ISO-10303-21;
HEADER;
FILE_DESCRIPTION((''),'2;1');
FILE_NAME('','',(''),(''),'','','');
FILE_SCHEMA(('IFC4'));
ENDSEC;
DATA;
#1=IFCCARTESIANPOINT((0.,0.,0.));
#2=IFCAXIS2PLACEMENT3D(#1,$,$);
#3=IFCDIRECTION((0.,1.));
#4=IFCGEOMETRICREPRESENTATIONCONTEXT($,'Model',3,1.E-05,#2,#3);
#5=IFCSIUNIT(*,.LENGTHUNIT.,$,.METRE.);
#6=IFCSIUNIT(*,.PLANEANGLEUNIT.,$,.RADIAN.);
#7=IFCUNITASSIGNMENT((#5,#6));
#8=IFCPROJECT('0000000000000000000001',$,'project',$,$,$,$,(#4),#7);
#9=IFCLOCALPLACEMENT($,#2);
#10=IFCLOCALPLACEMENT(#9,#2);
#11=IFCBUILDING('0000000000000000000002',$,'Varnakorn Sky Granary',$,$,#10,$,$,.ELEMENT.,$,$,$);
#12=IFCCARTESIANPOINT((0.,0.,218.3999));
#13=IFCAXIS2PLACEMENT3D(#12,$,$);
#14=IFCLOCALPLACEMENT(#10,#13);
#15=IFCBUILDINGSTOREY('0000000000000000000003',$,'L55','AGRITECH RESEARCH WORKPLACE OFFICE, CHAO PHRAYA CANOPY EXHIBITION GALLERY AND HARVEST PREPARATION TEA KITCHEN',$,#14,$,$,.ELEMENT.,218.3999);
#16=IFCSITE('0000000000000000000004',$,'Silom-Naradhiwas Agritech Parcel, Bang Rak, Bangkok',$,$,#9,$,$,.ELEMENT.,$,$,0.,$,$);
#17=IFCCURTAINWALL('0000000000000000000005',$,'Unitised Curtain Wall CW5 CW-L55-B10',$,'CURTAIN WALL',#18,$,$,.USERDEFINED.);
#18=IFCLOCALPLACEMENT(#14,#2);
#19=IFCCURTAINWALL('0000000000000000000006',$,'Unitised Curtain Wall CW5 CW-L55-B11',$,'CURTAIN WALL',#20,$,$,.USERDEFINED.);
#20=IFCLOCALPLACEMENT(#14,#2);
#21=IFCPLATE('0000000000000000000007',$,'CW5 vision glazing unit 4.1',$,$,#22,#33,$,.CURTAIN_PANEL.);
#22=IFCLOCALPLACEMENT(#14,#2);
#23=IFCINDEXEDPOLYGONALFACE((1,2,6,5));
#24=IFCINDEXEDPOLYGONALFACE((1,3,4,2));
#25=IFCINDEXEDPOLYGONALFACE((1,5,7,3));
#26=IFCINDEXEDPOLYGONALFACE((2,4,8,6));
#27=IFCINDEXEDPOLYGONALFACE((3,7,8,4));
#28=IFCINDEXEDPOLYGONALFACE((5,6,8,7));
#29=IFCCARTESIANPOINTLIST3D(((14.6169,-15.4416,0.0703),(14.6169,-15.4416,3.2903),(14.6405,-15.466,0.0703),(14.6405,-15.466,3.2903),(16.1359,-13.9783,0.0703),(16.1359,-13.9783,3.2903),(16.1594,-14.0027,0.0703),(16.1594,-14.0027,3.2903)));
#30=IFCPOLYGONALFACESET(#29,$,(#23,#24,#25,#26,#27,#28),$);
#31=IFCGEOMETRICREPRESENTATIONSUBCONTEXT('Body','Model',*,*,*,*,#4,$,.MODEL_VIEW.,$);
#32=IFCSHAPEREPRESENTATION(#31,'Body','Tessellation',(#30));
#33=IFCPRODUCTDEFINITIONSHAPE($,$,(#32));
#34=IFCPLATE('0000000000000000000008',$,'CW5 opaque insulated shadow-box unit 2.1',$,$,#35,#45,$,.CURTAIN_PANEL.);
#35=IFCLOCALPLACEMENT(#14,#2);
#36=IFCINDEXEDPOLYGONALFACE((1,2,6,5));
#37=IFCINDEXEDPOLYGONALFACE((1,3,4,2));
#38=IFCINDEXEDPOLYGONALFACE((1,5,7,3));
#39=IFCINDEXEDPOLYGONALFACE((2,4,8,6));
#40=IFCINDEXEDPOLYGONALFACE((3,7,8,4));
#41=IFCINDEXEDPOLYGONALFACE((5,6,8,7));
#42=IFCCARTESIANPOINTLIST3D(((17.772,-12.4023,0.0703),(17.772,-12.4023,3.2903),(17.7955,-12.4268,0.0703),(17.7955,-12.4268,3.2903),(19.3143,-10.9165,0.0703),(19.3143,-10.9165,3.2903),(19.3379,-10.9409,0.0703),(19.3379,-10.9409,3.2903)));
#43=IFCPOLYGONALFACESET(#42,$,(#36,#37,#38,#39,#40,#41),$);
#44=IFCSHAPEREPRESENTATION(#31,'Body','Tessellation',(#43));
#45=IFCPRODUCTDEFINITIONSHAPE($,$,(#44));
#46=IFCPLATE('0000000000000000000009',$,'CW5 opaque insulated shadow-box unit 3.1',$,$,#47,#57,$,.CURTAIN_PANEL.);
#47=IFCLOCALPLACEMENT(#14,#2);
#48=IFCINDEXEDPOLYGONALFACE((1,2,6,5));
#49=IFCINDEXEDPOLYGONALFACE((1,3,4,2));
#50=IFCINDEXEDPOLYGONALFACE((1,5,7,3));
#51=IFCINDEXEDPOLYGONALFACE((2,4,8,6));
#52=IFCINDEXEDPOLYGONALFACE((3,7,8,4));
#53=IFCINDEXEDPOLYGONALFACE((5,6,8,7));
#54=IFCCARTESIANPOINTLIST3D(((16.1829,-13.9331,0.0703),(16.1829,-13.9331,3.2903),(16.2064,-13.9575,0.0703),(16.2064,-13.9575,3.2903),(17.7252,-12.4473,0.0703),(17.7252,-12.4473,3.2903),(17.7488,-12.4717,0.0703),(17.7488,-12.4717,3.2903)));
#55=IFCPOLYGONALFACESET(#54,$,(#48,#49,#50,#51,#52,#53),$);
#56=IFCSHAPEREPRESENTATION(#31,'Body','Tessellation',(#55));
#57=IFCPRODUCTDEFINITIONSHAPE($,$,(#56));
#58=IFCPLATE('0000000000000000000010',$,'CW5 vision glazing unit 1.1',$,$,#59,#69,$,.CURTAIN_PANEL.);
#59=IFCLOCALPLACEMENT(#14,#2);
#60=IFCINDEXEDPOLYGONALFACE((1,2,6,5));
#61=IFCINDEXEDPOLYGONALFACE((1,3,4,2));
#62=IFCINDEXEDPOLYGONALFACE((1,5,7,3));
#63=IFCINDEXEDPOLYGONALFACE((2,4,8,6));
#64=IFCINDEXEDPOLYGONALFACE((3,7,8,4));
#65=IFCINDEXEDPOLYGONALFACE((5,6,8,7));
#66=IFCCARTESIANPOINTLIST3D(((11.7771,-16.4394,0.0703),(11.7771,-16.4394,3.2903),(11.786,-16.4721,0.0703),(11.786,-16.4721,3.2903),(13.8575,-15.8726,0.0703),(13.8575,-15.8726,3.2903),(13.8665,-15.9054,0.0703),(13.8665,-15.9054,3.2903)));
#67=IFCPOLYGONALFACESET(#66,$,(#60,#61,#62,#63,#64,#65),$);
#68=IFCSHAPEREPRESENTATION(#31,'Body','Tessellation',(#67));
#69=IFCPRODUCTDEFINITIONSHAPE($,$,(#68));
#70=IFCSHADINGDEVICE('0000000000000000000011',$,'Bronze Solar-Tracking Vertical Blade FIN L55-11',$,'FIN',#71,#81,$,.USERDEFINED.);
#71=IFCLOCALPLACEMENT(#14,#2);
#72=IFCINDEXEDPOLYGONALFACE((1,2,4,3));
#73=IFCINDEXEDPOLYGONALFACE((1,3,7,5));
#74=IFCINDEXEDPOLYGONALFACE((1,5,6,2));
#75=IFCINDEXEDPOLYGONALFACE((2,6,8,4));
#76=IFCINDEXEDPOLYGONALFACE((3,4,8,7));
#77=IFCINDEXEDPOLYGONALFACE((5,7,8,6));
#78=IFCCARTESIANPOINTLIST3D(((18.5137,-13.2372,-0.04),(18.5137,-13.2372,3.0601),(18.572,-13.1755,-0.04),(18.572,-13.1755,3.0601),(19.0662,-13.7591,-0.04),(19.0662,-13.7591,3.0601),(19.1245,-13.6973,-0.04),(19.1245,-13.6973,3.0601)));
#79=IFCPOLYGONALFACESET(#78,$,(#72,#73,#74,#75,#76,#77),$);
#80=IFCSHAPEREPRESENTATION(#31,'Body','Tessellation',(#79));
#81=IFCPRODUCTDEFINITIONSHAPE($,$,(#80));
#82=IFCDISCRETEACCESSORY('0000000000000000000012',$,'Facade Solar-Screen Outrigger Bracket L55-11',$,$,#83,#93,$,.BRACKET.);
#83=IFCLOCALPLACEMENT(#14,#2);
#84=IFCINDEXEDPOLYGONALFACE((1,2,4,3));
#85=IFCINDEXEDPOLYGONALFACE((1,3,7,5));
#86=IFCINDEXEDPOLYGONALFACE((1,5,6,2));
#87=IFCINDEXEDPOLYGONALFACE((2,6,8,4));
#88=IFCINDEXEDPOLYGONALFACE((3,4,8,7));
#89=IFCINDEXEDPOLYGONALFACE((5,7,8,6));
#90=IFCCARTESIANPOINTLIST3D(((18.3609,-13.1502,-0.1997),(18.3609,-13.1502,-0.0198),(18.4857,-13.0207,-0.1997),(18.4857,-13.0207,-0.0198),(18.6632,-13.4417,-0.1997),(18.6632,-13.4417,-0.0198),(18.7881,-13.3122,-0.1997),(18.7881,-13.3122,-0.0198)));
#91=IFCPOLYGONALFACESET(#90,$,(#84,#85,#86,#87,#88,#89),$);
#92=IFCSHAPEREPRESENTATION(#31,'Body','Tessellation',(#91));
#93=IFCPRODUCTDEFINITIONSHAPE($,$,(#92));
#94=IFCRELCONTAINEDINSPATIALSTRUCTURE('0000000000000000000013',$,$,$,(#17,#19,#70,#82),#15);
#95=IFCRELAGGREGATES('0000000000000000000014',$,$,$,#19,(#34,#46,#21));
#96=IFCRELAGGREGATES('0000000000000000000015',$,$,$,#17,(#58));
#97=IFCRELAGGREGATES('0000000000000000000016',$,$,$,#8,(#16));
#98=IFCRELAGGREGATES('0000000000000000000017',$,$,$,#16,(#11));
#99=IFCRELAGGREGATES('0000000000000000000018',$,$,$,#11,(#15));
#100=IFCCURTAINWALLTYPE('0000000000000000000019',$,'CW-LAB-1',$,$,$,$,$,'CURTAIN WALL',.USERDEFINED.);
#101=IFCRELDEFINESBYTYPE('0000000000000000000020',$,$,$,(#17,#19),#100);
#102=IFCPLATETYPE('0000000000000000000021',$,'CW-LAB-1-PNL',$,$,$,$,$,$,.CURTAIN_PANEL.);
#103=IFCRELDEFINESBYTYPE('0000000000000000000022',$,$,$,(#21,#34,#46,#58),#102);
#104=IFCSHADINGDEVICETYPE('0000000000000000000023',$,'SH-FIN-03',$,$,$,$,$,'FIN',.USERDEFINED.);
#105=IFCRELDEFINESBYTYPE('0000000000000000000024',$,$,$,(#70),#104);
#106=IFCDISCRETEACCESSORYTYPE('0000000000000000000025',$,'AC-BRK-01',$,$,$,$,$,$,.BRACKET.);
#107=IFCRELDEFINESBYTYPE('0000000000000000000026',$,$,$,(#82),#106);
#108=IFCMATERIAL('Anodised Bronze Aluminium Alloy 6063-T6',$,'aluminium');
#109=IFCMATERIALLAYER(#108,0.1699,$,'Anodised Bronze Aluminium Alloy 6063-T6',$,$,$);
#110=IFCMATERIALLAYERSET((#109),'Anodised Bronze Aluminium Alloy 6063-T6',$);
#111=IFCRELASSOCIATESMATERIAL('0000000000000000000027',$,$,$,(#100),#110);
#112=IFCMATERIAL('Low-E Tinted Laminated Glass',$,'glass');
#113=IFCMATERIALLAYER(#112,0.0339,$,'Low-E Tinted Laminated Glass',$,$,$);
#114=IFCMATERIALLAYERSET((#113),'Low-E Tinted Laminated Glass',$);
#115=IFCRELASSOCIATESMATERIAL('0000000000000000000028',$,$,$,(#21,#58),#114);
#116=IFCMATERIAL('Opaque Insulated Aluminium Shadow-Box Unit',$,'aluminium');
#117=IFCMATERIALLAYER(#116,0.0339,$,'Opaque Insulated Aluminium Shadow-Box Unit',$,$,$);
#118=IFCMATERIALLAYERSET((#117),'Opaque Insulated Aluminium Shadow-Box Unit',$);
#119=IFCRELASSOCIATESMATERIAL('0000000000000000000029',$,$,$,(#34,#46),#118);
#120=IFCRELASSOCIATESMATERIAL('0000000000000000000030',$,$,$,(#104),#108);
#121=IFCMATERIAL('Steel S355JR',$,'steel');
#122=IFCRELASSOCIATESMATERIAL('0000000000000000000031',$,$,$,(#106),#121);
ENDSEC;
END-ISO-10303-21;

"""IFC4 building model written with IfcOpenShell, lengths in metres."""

from ifc_helpers import new_model, si_unit, direction, frame, origin, origin_2d, place, context, subcontext, project, spatial, rectangle, extrude, source, transform, mapped, material, layer, layer_set, type_object, type_shapes, element, aggregate, save


model = new_model("IFC4")

# Units and contexts
model_context = context("Model", 3, precision=1e-05, world=origin(), true_north=direction((0.0, 1.0)))
body_context = subcontext(model_context, "Body", "Model", "MODEL_VIEW")
ifc_project = project(units=[si_unit("LENGTHUNIT", "METRE"), si_unit("PLANEANGLEUNIT", "RADIAN")], contexts=[model_context])

# Site, building, storey
site_placement = place(None, origin())
site = spatial("IfcSite", under=ifc_project, at=site_placement, Name="Silom-Naradhiwas Agritech Parcel, Bang Rak, Bangkok", CompositionType="ELEMENT", RefElevation=0.0)
building_placement = place(site_placement, origin())
building = spatial("IfcBuilding", under=site, at=building_placement, Name="Varnakorn Sky Granary", CompositionType="ELEMENT")
storey_placement = place(building_placement, frame((0.0, 0.0, 218.3999)))
storey = spatial("IfcBuildingStorey", under=building, at=storey_placement, Name="L55", Description="AGRITECH RESEARCH WORKPLACE OFFICE, CHAO PHRAYA CANOPY EXHIBITION GALLERY AND HARVEST PREPARATION TEA KITCHEN", CompositionType="ELEMENT", Elevation=218.3999)

# Shared definitions
ifc_material_1 = material(Name="Steel S355JR", Category="steel")

# Curtain wall
ifc_material_2 = material(Name="Anodised Bronze Aluminium Alloy 6063-T6", Category="aluminium")
ifc_layer_1 = layer(ifc_material_2, 0.1699, Name="Anodised Bronze Aluminium Alloy 6063-T6")
ifc_layer_set_1 = layer_set([ifc_layer_1], Name="Anodised Bronze Aluminium Alloy 6063-T6")
curtain_wall_type = type_object("IfcCurtainWallType", Name="CW-LAB-1", ElementType="CURTAIN WALL", PredefinedType="USERDEFINED", material=ifc_layer_set_1)
curtain_wall_1_placement = place(storey_placement, origin())
curtain_wall_1 = element("IfcCurtainWall", 1, at=curtain_wall_1_placement, inside=storey, type_object=curtain_wall_type, Name="Unitised Curtain Wall CW5 CW-L55-B10", ObjectType="CURTAIN WALL", PredefinedType="USERDEFINED")

# Curtain wall
curtain_wall_2_placement = place(storey_placement, origin())
curtain_wall_2 = element("IfcCurtainWall", 2, at=curtain_wall_2_placement, inside=storey, type_object=curtain_wall_type, Name="Unitised Curtain Wall CW5 CW-L55-B11", ObjectType="CURTAIN WALL", PredefinedType="USERDEFINED")

# Plates
ifc_material_3 = material(Name="Low-E Tinted Laminated Glass", Category="glass")
ifc_layer_2 = layer(ifc_material_3, 0.0339, Name="Low-E Tinted Laminated Glass")
ifc_layer_set_2 = layer_set([ifc_layer_2], Name="Low-E Tinted Laminated Glass")
plate_type = type_object("IfcPlateType", Name="CW-LAB-1-PNL", PredefinedType="CURTAIN_PANEL")
shared_shape_1 = source(origin(), body_context, "Body", "SweptSolid", [
    extrude(rectangle(XDim=2.1091, YDim=0.0339, at=origin_2d()), origin(), (0.0, 0.0, 1.0), 3.22),
])
plate_1_placement = place(storey_placement, frame((15.3882, -14.7222, 0.0703), z_axis=(0.0, 0.0, 1.0), x_axis=(-0.720182, -0.693785, 0.0)))
plate_1 = element("IfcPlate", 3, at=plate_1_placement, type_object=plate_type, material=ifc_layer_set_2, Name="CW5 vision glazing unit 4.1", PredefinedType="CURTAIN_PANEL", context=body_context, shape_type="MappedRepresentation", body=[
    mapped(shared_shape_1, transform((0.0, 0.0, 0.0), x_axis=(1.0, 0.0, 0.0), y_axis=(0.0, 1.0, 0.0), z_axis=(0.0, 0.0, 1.0), scale=1.0)),
])
ifc_material_4 = material(Name="Opaque Insulated Aluminium Shadow-Box Unit", Category="aluminium")
ifc_layer_3 = layer(ifc_material_4, 0.0339, Name="Opaque Insulated Aluminium Shadow-Box Unit")
ifc_layer_set_3 = layer_set([ifc_layer_3], Name="Opaque Insulated Aluminium Shadow-Box Unit")
shared_shape_2 = source(origin(), body_context, "Body", "SweptSolid", [
    extrude(rectangle(XDim=2.1416, YDim=0.0339, at=origin_2d()), origin(), (0.0, 0.0, 1.0), 3.22),
])
plate_2_placement = place(storey_placement, frame((18.5549, -11.6716, 0.0703), z_axis=(0.0, 0.0, 1.0), x_axis=(-0.720182, -0.693785, 0.0)))
plate_2 = element("IfcPlate", 4, at=plate_2_placement, type_object=plate_type, material=ifc_layer_set_3, Name="CW5 opaque insulated shadow-box unit 2.1", PredefinedType="CURTAIN_PANEL", context=body_context, shape_type="MappedRepresentation", body=[
    mapped(shared_shape_2, transform((0.0, 0.0, 0.0), x_axis=(1.0, 0.0, 0.0), y_axis=(0.0, 1.0, 0.0), z_axis=(0.0, 0.0, 1.0), scale=1.0)),
])
plate_3_placement = place(storey_placement, frame((16.9658, -13.2024, 0.0703), z_axis=(0.0, 0.0, 1.0), x_axis=(-0.720182, -0.693785, 0.0)))
plate_3 = element("IfcPlate", 5, at=plate_3_placement, type_object=plate_type, material=ifc_layer_set_3, Name="CW5 opaque insulated shadow-box unit 3.1", PredefinedType="CURTAIN_PANEL", context=body_context, shape_type="MappedRepresentation", body=[
    mapped(shared_shape_2, transform((0.0, 0.0, 0.0), x_axis=(1.0, 0.0, 0.0), y_axis=(0.0, 1.0, 0.0), z_axis=(0.0, 0.0, 1.0), scale=1.0)),
])
aggregate(curtain_wall_2, [plate_2, plate_3, plate_1])
shared_shape_3 = source(origin(), body_context, "Body", "SweptSolid", [
    extrude(rectangle(XDim=2.1562, YDim=0.0339, at=origin_2d()), origin(), (0.0, 0.0, 1.0), 3.22),
])
type_shapes(plate_type, [shared_shape_1, shared_shape_2, shared_shape_3])
plate_4_placement = place(storey_placement, frame((12.8218, -16.1724, 0.0703), z_axis=(0.0, 0.0, 1.0), x_axis=(-0.964842, -0.262829, 0.0)))
plate_4 = element("IfcPlate", 6, at=plate_4_placement, type_object=plate_type, material=ifc_layer_set_2, Name="CW5 vision glazing unit 1.1", PredefinedType="CURTAIN_PANEL", context=body_context, shape_type="MappedRepresentation", body=[
    mapped(shared_shape_3, transform((0.0, 0.0, 0.0), x_axis=(1.0, 0.0, 0.0), y_axis=(0.0, 1.0, 0.0), z_axis=(0.0, 0.0, 1.0), scale=1.0)),
])
aggregate(curtain_wall_1, [plate_4])

# Shading device
shading_device_type = type_object("IfcShadingDeviceType", Name="SH-FIN-03", ElementType="FIN", PredefinedType="USERDEFINED", material=ifc_material_2)
shared_shape_4 = source(origin(), body_context, "Body", "SweptSolid", [
    extrude(rectangle(XDim=0.085, YDim=0.76, at=origin_2d()), origin(), (0.0, 0.0, 1.0), 3.1001),
])
type_shapes(shading_device_type, [shared_shape_4])
shading_device_placement = place(storey_placement, frame((18.8191, -13.4673, -0.04), z_axis=(0.0, 0.0, 1.0), x_axis=(0.686662, 0.726977, 0.0)))
element("IfcShadingDevice", 7, at=shading_device_placement, inside=storey, type_object=shading_device_type, Name="Bronze Solar-Tracking Vertical Blade FIN L55-11", ObjectType="FIN", PredefinedType="USERDEFINED", context=body_context, shape_type="MappedRepresentation", body=[
    mapped(shared_shape_4, transform((0.0, 0.0, 0.0), x_axis=(1.0, 0.0, 0.0), y_axis=(0.0, 1.0, 0.0), z_axis=(0.0, 0.0, 1.0), scale=1.0)),
])

# Discrete accessory
discrete_accessory_type = type_object("IfcDiscreteAccessoryType", Name="AC-BRK-01", PredefinedType="BRACKET", material=ifc_material_1)
shared_shape_5 = source(origin(), body_context, "Body", "SweptSolid", [
    extrude(rectangle(XDim=0.1799, YDim=0.4199, at=origin_2d()), origin(), (0.0, 0.0, 1.0), 0.1799),
])
type_shapes(discrete_accessory_type, [shared_shape_5])
discrete_accessory_placement = place(storey_placement, frame((18.5745, -13.2312, -0.1997), z_axis=(0.0, 0.0, 1.0), x_axis=(0.694053, 0.719924, 0.0)))
element("IfcDiscreteAccessory", 8, at=discrete_accessory_placement, inside=storey, type_object=discrete_accessory_type, Name="Facade Solar-Screen Outrigger Bracket L55-11", PredefinedType="BRACKET", context=body_context, shape_type="MappedRepresentation", body=[
    mapped(shared_shape_5, transform((0.0, 0.0, 0.0), x_axis=(1.0, 0.0, 0.0), y_axis=(0.0, 1.0, 0.0), z_axis=(0.0, 0.0, 1.0), scale=1.0)),
])

save(model, "model.ifc")
